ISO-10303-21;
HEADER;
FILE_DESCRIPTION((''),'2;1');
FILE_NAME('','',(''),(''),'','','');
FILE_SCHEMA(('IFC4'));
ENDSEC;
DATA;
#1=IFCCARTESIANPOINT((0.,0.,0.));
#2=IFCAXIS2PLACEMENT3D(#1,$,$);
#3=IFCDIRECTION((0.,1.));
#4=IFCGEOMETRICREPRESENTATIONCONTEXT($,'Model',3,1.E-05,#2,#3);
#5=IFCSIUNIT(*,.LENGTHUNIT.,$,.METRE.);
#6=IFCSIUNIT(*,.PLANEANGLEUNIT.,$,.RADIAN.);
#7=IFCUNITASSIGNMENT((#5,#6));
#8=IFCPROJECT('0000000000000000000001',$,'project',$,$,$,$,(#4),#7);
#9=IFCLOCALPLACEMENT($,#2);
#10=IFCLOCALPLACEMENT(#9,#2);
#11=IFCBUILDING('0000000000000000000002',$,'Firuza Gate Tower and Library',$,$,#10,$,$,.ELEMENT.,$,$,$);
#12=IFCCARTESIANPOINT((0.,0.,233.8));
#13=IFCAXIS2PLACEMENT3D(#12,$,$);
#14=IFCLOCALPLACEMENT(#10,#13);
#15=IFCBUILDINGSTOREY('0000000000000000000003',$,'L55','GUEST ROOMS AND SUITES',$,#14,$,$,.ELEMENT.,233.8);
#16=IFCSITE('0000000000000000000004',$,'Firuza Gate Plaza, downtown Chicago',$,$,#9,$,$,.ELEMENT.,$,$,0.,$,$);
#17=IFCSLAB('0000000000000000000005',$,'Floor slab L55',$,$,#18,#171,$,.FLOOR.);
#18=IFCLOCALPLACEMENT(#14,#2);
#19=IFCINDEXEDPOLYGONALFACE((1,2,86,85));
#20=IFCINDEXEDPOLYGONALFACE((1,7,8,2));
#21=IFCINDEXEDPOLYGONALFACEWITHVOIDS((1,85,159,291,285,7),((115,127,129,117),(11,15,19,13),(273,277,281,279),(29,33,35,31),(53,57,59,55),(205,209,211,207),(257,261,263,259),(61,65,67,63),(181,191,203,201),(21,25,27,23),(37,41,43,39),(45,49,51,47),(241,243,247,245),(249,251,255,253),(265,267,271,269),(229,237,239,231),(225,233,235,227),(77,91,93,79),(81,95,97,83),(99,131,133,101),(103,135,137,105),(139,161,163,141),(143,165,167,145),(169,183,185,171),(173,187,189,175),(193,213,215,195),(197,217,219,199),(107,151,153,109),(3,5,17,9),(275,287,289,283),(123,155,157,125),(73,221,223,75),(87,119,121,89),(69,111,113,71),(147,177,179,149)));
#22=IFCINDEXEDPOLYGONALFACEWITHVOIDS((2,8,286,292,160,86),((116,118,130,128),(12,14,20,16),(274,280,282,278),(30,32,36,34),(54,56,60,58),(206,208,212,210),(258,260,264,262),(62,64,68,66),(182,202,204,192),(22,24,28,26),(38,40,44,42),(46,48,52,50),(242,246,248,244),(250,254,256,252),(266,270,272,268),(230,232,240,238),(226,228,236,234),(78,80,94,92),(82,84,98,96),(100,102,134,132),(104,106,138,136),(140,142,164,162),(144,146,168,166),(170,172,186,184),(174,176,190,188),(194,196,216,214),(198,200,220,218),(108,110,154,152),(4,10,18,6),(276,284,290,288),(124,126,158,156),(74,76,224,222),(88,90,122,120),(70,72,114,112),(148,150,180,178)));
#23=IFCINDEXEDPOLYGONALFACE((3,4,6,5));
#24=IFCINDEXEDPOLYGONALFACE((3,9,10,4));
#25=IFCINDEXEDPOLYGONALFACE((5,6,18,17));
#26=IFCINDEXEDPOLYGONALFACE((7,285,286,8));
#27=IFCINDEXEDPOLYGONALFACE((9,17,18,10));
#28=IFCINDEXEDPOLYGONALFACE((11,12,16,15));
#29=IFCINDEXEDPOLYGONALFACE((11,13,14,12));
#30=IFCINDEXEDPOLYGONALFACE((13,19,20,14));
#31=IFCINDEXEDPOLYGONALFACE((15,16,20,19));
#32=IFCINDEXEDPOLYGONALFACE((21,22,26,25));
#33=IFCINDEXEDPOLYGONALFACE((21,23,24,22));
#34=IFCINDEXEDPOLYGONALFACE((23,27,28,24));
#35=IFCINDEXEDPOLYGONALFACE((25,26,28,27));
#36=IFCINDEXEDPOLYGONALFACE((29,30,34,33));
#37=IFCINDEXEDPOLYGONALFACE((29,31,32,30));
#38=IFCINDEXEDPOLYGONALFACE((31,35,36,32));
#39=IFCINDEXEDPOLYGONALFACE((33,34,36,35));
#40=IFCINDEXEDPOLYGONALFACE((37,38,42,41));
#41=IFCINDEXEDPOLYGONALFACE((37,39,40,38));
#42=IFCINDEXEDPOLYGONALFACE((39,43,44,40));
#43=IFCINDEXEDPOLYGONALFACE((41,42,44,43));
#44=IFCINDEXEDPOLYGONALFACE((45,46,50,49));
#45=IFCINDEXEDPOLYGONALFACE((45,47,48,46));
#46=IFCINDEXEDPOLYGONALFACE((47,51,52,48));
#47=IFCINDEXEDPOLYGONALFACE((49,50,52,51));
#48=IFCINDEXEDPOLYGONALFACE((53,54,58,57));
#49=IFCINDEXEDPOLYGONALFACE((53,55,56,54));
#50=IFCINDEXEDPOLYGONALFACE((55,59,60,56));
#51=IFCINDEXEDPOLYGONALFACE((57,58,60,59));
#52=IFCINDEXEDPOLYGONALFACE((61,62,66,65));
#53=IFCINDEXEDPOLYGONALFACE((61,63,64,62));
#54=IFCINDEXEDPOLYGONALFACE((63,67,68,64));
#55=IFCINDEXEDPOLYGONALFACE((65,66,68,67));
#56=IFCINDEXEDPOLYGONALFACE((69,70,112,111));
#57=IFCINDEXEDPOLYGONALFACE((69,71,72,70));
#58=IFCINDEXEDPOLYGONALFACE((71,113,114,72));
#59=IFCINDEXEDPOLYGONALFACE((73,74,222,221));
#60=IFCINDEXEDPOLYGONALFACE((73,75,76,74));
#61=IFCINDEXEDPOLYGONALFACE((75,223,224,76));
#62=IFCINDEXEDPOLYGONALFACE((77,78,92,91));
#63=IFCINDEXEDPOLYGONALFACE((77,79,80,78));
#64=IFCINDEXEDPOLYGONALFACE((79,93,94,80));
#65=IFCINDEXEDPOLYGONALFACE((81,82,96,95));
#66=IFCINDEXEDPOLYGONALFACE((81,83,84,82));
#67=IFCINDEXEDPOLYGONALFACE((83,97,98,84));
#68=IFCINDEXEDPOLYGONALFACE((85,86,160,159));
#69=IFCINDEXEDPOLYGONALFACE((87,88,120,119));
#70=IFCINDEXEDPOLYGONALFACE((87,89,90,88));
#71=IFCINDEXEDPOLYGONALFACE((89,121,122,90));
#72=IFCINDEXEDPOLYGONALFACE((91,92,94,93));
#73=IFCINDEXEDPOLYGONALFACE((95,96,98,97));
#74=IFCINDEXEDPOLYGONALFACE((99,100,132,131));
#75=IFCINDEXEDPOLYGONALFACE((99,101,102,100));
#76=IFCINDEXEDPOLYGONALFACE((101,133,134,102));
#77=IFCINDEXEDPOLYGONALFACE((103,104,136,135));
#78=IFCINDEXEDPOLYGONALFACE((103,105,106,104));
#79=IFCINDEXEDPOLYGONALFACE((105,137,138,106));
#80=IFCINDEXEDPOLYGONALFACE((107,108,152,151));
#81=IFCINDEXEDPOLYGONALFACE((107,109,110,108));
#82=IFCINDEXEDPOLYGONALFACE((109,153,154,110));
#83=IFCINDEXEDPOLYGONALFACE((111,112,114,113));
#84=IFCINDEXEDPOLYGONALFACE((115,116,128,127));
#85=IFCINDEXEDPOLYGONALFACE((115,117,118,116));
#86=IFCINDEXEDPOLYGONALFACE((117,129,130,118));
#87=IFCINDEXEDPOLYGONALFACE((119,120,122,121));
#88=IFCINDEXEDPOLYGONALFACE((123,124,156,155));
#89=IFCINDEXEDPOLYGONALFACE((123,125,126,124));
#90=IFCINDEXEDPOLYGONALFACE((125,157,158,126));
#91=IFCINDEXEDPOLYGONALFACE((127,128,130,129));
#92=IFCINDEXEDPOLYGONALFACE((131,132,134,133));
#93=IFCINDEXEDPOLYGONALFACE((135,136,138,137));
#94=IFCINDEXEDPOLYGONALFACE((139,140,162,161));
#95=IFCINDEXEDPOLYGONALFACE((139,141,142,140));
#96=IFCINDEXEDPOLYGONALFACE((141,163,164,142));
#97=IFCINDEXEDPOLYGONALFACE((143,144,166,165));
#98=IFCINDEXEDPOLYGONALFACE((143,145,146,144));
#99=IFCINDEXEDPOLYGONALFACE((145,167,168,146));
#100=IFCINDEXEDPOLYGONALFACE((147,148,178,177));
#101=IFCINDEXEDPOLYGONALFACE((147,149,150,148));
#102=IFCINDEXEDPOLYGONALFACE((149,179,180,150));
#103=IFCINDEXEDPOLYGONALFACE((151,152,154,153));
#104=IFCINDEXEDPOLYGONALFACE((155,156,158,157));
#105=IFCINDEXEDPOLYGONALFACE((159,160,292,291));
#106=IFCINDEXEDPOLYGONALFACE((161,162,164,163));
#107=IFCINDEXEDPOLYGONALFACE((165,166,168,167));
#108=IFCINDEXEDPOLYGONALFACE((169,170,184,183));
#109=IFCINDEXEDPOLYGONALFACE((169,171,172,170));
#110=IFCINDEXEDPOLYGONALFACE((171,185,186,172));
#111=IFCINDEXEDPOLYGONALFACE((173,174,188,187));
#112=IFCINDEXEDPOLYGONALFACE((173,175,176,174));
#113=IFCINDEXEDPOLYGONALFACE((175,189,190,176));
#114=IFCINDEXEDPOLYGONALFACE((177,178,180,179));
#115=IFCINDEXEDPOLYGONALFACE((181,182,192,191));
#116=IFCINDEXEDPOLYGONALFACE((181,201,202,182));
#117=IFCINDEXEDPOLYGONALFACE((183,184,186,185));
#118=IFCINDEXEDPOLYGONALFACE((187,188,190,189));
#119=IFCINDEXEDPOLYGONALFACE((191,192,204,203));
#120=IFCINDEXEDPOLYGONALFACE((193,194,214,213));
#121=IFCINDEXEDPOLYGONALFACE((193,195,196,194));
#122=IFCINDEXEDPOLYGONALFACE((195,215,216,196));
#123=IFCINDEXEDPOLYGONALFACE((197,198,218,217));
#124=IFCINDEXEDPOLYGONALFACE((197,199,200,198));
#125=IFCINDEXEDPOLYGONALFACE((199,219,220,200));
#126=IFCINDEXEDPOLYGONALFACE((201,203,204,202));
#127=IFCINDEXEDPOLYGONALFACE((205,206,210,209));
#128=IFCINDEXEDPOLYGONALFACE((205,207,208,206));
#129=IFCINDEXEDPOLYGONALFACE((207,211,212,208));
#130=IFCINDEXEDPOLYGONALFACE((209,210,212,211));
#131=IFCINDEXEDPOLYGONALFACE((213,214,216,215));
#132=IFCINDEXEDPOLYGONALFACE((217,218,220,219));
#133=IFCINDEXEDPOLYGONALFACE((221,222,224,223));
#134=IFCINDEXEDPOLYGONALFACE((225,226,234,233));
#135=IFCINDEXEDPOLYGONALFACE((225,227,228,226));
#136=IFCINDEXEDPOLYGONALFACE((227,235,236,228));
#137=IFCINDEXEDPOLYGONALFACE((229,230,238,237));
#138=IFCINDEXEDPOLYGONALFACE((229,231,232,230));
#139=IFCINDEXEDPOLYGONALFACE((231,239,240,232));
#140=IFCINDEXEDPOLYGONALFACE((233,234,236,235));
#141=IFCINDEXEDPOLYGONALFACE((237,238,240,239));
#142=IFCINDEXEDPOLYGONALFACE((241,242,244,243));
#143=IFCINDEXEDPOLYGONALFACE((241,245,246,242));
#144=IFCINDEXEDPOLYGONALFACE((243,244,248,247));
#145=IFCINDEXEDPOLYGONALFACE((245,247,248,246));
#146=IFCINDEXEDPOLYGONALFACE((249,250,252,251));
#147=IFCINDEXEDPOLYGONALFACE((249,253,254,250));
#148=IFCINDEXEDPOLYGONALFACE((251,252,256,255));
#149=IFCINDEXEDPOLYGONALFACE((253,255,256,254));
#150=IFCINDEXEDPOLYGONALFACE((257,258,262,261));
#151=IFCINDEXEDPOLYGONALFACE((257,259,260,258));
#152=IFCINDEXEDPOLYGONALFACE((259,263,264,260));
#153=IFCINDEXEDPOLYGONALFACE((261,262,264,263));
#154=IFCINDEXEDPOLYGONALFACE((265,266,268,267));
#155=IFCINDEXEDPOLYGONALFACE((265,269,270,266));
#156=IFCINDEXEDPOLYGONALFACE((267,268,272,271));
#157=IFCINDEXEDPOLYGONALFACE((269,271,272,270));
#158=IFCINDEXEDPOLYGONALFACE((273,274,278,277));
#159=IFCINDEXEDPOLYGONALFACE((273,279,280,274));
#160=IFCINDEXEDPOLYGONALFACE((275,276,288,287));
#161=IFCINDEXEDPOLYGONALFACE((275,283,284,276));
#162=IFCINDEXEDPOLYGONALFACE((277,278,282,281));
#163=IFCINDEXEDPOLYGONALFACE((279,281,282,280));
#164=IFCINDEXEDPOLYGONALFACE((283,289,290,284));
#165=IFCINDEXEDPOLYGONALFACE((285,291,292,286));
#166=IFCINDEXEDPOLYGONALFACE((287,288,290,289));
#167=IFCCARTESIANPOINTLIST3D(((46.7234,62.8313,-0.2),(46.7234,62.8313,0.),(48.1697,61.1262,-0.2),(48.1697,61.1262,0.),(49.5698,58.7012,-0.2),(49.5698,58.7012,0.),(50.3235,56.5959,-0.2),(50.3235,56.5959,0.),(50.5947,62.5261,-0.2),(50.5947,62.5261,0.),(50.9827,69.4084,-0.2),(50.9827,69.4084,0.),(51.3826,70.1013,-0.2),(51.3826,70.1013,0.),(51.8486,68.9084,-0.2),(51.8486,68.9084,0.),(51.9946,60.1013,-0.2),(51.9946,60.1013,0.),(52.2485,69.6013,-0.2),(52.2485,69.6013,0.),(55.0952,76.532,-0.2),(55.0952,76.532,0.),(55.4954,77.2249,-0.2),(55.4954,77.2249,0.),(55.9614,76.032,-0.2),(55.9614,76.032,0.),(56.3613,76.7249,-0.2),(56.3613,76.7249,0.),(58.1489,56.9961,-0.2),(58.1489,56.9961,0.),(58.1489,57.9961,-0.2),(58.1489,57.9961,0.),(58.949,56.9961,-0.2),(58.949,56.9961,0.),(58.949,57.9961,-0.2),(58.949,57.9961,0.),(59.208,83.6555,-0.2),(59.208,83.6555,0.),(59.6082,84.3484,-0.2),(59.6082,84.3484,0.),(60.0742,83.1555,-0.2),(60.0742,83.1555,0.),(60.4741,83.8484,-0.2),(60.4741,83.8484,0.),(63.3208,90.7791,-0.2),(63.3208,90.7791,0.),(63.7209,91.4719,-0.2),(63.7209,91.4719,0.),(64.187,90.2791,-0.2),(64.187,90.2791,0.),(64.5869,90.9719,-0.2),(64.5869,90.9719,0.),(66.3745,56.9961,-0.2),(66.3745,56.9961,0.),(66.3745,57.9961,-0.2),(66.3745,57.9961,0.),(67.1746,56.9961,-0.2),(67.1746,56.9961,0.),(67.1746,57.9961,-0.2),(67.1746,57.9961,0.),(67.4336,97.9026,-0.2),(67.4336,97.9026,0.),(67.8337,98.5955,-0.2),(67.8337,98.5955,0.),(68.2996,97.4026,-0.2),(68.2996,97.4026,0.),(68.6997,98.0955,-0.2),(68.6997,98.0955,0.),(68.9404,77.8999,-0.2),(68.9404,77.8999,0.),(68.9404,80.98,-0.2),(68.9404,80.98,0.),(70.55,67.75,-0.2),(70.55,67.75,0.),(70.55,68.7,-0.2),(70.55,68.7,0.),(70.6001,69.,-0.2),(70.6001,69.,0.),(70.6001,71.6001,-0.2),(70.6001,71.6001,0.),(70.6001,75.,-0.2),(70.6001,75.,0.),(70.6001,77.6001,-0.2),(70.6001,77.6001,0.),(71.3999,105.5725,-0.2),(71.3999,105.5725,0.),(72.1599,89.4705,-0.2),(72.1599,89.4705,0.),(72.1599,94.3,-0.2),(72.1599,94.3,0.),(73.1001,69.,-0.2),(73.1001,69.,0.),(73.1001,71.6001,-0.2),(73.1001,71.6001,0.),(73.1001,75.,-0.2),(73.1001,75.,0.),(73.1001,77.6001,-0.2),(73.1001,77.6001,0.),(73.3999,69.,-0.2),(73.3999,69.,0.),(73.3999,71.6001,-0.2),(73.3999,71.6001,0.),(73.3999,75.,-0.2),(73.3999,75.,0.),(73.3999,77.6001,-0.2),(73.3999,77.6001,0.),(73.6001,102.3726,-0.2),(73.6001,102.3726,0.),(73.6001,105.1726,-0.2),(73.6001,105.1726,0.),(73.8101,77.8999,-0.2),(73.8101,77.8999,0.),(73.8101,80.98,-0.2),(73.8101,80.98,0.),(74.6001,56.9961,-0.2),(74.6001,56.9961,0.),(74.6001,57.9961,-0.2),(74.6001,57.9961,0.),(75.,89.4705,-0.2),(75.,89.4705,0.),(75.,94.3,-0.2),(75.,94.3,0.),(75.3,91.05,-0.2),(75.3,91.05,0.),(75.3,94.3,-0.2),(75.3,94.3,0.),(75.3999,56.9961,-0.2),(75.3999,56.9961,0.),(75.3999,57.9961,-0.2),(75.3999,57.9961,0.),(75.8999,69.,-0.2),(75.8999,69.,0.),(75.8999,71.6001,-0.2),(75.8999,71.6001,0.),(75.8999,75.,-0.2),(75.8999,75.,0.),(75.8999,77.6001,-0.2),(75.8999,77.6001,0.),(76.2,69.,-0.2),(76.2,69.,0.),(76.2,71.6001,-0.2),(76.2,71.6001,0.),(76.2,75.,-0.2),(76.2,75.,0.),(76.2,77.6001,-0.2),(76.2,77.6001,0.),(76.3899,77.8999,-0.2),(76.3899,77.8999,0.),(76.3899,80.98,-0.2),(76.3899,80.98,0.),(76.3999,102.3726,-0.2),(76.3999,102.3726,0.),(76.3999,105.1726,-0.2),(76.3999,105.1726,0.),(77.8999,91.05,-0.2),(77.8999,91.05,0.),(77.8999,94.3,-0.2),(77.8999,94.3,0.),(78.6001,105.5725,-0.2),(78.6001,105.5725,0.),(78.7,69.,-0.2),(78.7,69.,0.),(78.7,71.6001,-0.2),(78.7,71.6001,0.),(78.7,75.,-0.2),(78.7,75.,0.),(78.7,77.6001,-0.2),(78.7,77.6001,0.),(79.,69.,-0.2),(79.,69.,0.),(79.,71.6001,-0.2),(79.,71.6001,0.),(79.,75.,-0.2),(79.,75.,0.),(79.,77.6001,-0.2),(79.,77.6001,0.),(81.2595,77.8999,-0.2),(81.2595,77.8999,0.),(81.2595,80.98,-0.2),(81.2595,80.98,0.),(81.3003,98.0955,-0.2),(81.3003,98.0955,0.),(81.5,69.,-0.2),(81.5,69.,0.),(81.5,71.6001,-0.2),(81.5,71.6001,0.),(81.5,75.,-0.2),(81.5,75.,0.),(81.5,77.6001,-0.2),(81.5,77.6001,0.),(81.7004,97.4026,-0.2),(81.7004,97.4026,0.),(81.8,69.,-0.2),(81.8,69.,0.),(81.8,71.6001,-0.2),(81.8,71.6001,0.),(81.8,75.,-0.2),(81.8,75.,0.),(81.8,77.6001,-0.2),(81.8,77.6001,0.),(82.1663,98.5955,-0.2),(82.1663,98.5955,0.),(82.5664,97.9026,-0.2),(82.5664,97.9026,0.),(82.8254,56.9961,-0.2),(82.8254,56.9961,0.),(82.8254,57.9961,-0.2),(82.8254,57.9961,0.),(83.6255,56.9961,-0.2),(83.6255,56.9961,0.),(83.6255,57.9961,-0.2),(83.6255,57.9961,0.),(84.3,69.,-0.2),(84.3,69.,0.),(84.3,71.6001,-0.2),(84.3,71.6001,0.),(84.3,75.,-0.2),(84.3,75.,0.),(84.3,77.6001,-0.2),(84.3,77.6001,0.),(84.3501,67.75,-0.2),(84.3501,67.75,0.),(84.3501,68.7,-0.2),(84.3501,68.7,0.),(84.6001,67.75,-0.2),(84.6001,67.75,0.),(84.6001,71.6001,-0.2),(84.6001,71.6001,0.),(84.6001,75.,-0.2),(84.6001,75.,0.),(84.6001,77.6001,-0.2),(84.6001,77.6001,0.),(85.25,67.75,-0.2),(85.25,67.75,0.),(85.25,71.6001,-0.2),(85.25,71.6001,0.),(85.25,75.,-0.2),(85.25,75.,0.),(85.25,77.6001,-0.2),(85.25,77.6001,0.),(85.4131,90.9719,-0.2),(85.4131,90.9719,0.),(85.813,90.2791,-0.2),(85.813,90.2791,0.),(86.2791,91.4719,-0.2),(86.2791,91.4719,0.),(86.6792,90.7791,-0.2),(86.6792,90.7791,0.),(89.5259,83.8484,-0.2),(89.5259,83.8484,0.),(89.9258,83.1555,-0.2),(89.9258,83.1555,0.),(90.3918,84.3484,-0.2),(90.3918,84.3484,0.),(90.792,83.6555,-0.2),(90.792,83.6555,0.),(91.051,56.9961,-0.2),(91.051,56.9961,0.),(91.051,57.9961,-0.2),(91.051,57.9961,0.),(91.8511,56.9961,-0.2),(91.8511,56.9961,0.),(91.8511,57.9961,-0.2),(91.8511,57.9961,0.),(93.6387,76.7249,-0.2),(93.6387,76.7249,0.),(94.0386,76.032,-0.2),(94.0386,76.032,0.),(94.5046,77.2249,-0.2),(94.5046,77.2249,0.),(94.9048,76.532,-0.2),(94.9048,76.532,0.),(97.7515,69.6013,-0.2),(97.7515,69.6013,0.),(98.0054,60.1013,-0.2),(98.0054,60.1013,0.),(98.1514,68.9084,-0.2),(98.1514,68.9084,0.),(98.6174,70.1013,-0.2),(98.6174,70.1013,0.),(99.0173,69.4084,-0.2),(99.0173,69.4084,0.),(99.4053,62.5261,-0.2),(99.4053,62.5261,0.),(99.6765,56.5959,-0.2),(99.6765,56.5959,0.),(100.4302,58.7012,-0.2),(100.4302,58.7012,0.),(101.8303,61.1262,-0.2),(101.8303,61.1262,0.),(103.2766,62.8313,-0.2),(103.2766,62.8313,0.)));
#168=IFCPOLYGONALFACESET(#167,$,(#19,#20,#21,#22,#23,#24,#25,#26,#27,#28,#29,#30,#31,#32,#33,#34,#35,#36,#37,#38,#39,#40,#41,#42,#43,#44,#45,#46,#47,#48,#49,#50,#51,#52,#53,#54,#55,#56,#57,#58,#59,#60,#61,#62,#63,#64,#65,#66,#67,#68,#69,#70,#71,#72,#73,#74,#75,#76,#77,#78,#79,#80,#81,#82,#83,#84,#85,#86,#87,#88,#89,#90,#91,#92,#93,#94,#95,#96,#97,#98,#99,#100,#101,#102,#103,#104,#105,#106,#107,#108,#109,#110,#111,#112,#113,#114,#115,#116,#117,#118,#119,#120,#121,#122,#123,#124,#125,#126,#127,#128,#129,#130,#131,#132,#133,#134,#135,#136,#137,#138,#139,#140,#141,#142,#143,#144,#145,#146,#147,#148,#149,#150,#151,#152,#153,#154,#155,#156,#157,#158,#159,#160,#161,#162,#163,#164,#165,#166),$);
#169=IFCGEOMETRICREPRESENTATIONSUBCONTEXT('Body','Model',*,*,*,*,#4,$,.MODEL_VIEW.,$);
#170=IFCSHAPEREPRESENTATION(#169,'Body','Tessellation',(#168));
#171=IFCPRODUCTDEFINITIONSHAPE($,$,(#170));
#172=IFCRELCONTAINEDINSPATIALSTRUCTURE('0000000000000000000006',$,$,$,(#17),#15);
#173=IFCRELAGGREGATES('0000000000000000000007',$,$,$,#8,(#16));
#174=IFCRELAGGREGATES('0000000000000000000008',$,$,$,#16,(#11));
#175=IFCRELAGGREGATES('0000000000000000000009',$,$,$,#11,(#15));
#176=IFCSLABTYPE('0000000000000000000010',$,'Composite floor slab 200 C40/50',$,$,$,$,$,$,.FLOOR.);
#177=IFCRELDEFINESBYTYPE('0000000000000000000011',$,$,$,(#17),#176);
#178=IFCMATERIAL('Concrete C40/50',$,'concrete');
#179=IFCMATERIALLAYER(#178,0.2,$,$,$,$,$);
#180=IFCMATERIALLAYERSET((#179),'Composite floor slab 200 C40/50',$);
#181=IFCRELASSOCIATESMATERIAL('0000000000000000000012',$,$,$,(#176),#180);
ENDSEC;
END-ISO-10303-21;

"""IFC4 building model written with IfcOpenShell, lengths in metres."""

from ifc_helpers import new_model, si_unit, direction, frame, origin, place, context, subcontext, project, spatial, polyline, outline, extrude, material, layer, layer_set, type_object, element, save


model = new_model("IFC4")

# Units and contexts
model_context = context("Model", 3, precision=1e-05, world=origin(), true_north=direction((0.0, 1.0)))
body_context = subcontext(model_context, "Body", "Model", "MODEL_VIEW")
ifc_project = project(units=[si_unit("LENGTHUNIT", "METRE"), si_unit("PLANEANGLEUNIT", "RADIAN")], contexts=[model_context])

# Site, building, storey
site_placement = place(None, origin())
site = spatial("IfcSite", under=ifc_project, at=site_placement, Name="Firuza Gate Plaza, downtown Chicago", CompositionType="ELEMENT", RefElevation=0.0)
building_placement = place(site_placement, origin())
building = spatial("IfcBuilding", under=site, at=building_placement, Name="Firuza Gate Tower and Library", CompositionType="ELEMENT")
storey_placement = place(building_placement, frame((0.0, 0.0, 233.8)))
storey = spatial("IfcBuildingStorey", under=building, at=storey_placement, Name="L55", Description="GUEST ROOMS AND SUITES", CompositionType="ELEMENT", Elevation=233.8)

# Slab
ifc_material_1 = material(Name="Concrete C40/50", Category="concrete")
ifc_layer_1 = layer(ifc_material_1, 0.2)
ifc_layer_set_1 = layer_set([ifc_layer_1], Name="Composite floor slab 200 C40/50")
slab_type_1 = type_object("IfcSlabType", Name="Composite floor slab 200 C40/50", PredefinedType="FLOOR", material=ifc_layer_set_1)
slab_1_placement = place(storey_placement, frame((0.0, 0.0, -0.2)))
element("IfcSlab", 1, at=slab_1_placement, inside=storey, type_object=slab_type_1, Name="Floor slab L55", PredefinedType="FLOOR", context=body_context, shape_type="SweptSolid", body=[
    extrude(outline(polyline([(46.7234, 62.8313), (50.3235, 56.5959), (99.6765, 56.5959), (103.2766, 62.8313), (78.6001, 105.5725), (71.3999, 105.5725), (46.7234, 62.8313)]), holes=[polyline([(58.1489, 56.9961), (58.1489, 57.9961), (58.949, 57.9961), (58.949, 56.9961), (58.1489, 56.9961)]), polyline([(74.6001, 56.9961), (74.6001, 57.9961), (75.3999, 57.9961), (75.3999, 56.9961), (74.6001, 56.9961)]), polyline([(66.3745, 56.9961), (66.3745, 57.9961), (67.1746, 57.9961), (67.1746, 56.9961), (66.3745, 56.9961)]), polyline([(48.1697, 61.1262), (50.5947, 62.5261), (51.9946, 60.1013), (49.5698, 58.7012), (48.1697, 61.1262)]), polyline([(84.3501, 67.75), (70.55, 67.75), (70.55, 68.7), (84.3501, 68.7), (84.3501, 67.75)]), polyline([(51.3826, 70.1013), (52.2485, 69.6013), (51.8486, 68.9084), (50.9827, 69.4084), (51.3826, 70.1013)]), polyline([(73.1001, 69.0), (70.6001, 69.0), (70.6001, 71.6001), (73.1001, 71.6001), (73.1001, 69.0)]), polyline([(75.8999, 69.0), (73.3999, 69.0), (73.3999, 71.6001), (75.8999, 71.6001), (75.8999, 69.0)]), polyline([(73.1001, 75.0), (70.6001, 75.0), (70.6001, 77.6001), (73.1001, 77.6001), (73.1001, 75.0)]), polyline([(75.8999, 75.0), (73.3999, 75.0), (73.3999, 77.6001), (75.8999, 77.6001), (75.8999, 75.0)]), polyline([(55.4954, 77.2249), (56.3613, 76.7249), (55.9614, 76.032), (55.0952, 76.532), (55.4954, 77.2249)]), polyline([(73.8101, 77.8999), (68.9404, 77.8999), (68.9404, 80.98), (73.8101, 80.98), (73.8101, 77.8999)]), polyline([(59.6082, 84.3484), (60.4741, 83.8484), (60.0742, 83.1555), (59.208, 83.6555), (59.6082, 84.3484)]), polyline([(63.7209, 91.4719), (64.5869, 90.9719), (64.187, 90.2791), (63.3208, 90.7791), (63.7209, 91.4719)]), polyline([(72.1599, 89.4705), (72.1599, 94.3), (75.0, 94.3), (75.0, 89.4705), (72.1599, 89.4705)]), polyline([(75.3, 91.05), (75.3, 94.3), (77.8999, 94.3), (77.8999, 91.05), (75.3, 91.05)]), polyline([(68.6997, 98.0955), (68.2996, 97.4026), (67.4336, 97.9026), (67.8337, 98.5955), (68.6997, 98.0955)]), polyline([(76.3999, 105.1726), (76.3999, 102.3726), (73.6001, 102.3726), (73.6001, 105.1726), (76.3999, 105.1726)]), polyline([(91.051, 56.9961), (91.051, 57.9961), (91.8511, 57.9961), (91.8511, 56.9961), (91.051, 56.9961)]), polyline([(82.8254, 56.9961), (82.8254, 57.9961), (83.6255, 57.9961), (83.6255, 56.9961), (82.8254, 56.9961)]), polyline([(100.4302, 58.7012), (98.0054, 60.1013), (99.4053, 62.5261), (101.8303, 61.1262), (100.4302, 58.7012)]), polyline([(99.0173, 69.4084), (98.1514, 68.9084), (97.7515, 69.6013), (98.6174, 70.1013), (99.0173, 69.4084)]), polyline([(85.25, 67.75), (84.6001, 67.75), (84.6001, 71.6001), (85.25, 71.6001), (85.25, 67.75)]), polyline([(81.5, 69.0), (79.0, 69.0), (79.0, 71.6001), (81.5, 71.6001), (81.5, 69.0)]), polyline([(81.8, 69.0), (81.8, 71.6001), (84.3, 71.6001), (84.3, 69.0), (81.8, 69.0)]), polyline([(76.2, 69.0), (76.2, 71.6001), (78.7, 71.6001), (78.7, 69.0), (76.2, 69.0)]), polyline([(81.5, 75.0), (79.0, 75.0), (79.0, 77.6001), (81.5, 77.6001), (81.5, 75.0)]), polyline([(84.3, 75.0), (81.8, 75.0), (81.8, 77.6001), (84.3, 77.6001), (84.3, 75.0)]), polyline([(85.25, 75.0), (84.6001, 75.0), (84.6001, 77.6001), (85.25, 77.6001), (85.25, 75.0)]), polyline([(78.7, 75.0), (76.2, 75.0), (76.2, 77.6001), (78.7, 77.6001), (78.7, 75.0)]), polyline([(94.9048, 76.532), (94.0386, 76.032), (93.6387, 76.7249), (94.5046, 77.2249), (94.9048, 76.532)]), polyline([(81.2595, 77.8999), (76.3899, 77.8999), (76.3899, 80.98), (81.2595, 80.98), (81.2595, 77.8999)]), polyline([(90.792, 83.6555), (89.9258, 83.1555), (89.5259, 83.8484), (90.3918, 84.3484), (90.792, 83.6555)]), polyline([(85.813, 90.2791), (85.4131, 90.9719), (86.2791, 91.4719), (86.6792, 90.7791), (85.813, 90.2791)]), polyline([(81.7004, 97.4026), (81.3003, 98.0955), (82.1663, 98.5955), (82.5664, 97.9026), (81.7004, 97.4026)])]), origin(), (0.0, 0.0, 1.0), 0.2),
])

save(model, "model.ifc")
